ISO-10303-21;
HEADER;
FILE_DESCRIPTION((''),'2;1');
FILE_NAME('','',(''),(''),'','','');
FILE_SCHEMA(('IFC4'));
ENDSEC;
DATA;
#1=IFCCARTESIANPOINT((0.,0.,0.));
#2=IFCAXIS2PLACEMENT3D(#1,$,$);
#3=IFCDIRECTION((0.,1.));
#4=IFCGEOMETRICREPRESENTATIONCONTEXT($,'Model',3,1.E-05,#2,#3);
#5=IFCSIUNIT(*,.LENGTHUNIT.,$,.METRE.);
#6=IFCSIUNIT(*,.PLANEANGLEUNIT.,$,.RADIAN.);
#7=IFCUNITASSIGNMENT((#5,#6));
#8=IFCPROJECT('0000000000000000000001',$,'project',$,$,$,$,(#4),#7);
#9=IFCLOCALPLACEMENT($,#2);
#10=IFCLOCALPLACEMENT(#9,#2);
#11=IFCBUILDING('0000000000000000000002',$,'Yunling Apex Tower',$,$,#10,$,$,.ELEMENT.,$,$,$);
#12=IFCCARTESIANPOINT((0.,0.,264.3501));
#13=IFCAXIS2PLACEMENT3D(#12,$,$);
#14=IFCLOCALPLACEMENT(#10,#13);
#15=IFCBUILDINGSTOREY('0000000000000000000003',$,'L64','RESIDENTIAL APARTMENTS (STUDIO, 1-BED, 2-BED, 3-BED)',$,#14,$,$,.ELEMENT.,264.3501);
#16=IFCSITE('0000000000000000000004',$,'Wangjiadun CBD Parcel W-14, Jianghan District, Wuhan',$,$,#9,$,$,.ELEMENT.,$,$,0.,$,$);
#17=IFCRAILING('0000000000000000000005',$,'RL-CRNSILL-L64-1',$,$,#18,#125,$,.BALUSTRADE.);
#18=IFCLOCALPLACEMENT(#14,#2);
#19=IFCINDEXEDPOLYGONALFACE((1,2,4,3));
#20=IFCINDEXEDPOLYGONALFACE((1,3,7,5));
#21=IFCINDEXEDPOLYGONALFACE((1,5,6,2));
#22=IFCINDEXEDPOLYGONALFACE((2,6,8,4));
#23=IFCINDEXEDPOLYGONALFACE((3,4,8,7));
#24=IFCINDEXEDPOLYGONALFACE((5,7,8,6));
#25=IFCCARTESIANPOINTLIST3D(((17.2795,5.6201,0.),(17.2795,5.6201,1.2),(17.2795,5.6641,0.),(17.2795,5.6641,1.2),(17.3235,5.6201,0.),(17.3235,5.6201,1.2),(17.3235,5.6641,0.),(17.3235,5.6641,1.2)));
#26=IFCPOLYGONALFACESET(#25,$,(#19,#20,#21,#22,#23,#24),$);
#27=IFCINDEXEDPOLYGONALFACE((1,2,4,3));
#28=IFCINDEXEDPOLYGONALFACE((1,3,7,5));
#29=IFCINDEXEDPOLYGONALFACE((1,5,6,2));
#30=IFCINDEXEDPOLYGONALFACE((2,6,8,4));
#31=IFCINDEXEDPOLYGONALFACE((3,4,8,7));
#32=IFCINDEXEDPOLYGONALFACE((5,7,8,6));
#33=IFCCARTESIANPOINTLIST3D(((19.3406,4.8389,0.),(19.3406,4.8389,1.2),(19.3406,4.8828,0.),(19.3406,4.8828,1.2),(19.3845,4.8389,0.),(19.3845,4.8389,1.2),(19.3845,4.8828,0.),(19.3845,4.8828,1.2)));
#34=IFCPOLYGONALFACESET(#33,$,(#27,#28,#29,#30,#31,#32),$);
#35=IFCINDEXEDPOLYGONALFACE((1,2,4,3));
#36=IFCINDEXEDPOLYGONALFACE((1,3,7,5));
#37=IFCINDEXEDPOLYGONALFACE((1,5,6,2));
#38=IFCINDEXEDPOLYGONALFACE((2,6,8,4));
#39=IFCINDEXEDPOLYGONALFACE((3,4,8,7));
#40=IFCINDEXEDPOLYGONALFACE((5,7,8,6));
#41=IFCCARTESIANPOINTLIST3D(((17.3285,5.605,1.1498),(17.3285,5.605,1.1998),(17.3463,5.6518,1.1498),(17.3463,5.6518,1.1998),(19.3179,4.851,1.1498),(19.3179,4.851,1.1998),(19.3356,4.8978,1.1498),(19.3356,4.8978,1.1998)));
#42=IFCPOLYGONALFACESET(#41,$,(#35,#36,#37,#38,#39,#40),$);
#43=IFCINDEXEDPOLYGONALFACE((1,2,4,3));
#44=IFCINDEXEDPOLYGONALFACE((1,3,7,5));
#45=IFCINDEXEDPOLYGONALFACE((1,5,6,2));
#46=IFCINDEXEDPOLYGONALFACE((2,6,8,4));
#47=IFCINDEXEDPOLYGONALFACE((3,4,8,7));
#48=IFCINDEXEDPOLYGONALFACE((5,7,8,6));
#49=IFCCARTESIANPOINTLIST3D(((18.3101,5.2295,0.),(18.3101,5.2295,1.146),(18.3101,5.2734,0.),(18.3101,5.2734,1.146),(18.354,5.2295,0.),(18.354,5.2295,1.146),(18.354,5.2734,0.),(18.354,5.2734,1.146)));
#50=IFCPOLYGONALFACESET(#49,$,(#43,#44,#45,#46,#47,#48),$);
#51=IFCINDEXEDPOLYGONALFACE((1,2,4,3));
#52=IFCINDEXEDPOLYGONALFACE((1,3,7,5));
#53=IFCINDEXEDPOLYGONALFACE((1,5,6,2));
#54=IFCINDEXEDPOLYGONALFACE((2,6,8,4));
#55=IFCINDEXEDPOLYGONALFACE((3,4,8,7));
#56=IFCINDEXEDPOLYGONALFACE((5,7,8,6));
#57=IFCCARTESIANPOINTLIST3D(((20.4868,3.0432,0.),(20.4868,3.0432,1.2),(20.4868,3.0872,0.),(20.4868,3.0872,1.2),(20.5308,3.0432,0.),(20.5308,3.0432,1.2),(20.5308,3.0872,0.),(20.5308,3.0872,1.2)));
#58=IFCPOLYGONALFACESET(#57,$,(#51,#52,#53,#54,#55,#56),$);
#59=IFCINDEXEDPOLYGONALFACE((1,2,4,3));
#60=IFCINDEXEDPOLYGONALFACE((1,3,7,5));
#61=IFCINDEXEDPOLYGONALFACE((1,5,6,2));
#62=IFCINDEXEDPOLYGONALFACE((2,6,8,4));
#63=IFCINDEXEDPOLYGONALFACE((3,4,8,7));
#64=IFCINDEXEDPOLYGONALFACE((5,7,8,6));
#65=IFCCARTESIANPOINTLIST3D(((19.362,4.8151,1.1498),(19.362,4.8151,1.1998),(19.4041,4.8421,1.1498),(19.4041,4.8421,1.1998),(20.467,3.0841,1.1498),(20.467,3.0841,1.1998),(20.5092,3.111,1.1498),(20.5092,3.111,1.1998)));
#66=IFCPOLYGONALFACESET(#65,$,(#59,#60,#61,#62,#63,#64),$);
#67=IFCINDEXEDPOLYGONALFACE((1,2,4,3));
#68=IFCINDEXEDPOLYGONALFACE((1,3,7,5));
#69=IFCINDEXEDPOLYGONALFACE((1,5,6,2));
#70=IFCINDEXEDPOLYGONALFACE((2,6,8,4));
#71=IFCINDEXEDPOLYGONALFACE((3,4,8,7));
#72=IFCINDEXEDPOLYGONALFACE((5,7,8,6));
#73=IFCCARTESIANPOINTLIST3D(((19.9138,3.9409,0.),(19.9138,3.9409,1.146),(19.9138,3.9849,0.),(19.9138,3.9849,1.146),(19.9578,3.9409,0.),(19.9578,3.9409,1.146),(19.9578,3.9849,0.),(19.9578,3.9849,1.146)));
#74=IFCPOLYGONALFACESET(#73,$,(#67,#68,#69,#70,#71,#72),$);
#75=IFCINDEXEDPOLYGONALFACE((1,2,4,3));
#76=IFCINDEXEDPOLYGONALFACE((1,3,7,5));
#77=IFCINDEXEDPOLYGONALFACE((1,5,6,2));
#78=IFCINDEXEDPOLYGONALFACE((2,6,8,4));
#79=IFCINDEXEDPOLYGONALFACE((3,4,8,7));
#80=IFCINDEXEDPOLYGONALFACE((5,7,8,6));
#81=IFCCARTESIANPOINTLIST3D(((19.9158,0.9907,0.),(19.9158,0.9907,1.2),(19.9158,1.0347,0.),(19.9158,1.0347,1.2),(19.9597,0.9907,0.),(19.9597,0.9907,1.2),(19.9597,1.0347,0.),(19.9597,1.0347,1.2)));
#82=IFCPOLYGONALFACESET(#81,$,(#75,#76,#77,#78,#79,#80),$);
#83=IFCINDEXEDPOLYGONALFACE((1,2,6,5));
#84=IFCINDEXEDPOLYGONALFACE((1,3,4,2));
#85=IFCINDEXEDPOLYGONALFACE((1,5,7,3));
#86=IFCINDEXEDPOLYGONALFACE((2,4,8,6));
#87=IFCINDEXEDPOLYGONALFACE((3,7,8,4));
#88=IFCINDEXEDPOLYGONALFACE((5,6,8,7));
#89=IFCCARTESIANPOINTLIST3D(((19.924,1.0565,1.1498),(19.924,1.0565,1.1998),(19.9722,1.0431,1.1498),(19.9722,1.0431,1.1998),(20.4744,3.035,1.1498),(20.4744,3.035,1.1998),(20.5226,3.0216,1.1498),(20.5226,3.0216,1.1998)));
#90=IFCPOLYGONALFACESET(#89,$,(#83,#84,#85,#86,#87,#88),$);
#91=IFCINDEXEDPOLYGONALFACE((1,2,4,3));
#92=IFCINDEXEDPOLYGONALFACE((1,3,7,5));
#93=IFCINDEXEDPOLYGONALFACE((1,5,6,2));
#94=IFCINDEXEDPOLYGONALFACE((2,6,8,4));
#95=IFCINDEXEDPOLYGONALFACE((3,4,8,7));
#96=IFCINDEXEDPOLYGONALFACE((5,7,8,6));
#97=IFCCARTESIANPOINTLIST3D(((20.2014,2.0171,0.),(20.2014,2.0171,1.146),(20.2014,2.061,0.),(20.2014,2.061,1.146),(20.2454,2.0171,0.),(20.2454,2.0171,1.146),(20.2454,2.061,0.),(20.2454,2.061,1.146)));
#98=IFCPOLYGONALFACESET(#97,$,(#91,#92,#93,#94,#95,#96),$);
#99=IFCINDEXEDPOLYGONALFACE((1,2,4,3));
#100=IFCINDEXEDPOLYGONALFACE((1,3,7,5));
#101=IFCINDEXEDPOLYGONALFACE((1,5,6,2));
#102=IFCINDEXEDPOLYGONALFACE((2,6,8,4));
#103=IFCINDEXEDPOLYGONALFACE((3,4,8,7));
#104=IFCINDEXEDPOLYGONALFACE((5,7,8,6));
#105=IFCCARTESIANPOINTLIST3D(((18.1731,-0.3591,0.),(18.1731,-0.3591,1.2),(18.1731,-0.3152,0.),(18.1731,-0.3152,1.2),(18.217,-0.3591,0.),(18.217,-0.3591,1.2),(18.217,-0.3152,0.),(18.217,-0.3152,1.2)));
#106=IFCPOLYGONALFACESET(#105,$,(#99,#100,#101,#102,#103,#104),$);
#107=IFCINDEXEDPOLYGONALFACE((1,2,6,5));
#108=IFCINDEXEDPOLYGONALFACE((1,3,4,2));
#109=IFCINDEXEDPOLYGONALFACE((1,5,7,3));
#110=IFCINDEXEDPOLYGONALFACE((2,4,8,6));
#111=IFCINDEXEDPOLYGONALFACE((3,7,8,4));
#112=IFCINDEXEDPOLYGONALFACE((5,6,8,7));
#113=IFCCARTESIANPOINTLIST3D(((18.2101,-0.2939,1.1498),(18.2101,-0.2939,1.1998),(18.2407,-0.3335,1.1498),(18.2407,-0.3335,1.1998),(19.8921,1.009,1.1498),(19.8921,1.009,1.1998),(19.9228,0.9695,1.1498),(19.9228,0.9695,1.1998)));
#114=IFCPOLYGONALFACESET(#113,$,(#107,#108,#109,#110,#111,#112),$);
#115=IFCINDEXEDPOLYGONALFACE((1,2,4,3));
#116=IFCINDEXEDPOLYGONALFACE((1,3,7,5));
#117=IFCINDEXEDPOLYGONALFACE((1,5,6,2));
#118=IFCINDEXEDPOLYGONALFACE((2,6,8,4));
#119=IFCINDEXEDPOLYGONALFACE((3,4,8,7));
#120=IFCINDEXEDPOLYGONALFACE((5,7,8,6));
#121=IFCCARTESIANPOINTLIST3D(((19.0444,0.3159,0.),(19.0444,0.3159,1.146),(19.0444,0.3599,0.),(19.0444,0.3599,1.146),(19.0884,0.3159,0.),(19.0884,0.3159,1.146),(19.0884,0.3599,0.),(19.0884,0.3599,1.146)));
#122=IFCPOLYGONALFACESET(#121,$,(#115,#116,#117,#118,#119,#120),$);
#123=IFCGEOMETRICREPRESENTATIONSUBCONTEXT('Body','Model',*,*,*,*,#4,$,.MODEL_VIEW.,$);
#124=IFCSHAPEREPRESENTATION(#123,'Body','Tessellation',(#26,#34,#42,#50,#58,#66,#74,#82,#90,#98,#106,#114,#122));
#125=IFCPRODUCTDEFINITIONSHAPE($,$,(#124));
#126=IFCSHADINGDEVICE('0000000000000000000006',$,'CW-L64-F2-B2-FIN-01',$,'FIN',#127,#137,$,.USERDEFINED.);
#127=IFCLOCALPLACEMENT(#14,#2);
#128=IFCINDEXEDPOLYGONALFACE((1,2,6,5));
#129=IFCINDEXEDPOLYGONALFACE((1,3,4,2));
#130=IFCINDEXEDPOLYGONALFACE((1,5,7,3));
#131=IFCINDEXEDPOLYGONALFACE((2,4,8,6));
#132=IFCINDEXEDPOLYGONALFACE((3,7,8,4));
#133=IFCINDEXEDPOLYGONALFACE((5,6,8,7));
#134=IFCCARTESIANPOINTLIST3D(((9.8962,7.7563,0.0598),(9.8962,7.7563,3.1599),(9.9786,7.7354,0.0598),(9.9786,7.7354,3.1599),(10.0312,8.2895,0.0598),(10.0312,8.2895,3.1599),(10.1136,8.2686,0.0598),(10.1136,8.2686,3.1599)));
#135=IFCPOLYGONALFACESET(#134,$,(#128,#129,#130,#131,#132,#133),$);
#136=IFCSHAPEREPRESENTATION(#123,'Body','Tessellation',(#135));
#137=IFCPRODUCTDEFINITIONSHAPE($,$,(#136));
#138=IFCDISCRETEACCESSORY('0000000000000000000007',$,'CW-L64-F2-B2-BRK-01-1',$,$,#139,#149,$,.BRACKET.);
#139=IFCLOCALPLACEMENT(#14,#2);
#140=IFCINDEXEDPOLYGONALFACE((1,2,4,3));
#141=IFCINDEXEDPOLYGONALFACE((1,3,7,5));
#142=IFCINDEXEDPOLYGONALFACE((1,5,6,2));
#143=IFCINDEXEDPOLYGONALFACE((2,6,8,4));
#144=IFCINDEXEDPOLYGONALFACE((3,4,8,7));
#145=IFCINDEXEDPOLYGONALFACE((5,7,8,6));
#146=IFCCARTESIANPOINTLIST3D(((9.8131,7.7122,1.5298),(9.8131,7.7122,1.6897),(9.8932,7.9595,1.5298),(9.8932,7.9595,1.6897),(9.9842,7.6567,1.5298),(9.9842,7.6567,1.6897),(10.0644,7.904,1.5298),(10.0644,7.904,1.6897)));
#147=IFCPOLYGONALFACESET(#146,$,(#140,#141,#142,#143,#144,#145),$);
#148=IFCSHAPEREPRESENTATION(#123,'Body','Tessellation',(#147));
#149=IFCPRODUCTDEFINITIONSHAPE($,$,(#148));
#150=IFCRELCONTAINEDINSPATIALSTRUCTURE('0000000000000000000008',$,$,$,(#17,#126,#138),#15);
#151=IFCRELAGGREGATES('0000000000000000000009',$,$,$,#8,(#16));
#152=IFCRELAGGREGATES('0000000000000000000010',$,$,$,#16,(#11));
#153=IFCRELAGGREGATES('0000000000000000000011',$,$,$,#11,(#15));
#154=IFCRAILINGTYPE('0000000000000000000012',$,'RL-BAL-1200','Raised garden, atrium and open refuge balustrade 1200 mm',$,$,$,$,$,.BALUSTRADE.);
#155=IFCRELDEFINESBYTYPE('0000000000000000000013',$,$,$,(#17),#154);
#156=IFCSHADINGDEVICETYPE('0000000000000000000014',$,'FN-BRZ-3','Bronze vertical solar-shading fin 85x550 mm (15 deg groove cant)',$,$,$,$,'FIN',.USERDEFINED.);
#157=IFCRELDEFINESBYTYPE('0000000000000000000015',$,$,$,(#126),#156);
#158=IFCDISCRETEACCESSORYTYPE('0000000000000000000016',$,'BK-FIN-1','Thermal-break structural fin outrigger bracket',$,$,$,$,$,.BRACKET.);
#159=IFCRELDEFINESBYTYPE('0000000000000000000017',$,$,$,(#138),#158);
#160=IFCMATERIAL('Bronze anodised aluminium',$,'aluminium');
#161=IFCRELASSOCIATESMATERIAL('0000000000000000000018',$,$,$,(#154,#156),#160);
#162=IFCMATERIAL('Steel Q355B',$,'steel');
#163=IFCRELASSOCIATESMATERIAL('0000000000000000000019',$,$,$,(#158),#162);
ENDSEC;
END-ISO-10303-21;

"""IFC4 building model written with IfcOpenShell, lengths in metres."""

from ifc_helpers import new_model, si_unit, direction, frame, origin, origin_2d, place, context, subcontext, project, spatial, rectangle, extrude, source, transform, mapped, material, material_profile, profile_set, type_object, element, save


model = new_model("IFC4")

# Units and contexts
model_context = context("Model", 3, precision=1e-05, world=origin(), true_north=direction((0.0, 1.0)))
body_context = subcontext(model_context, "Body", "Model", "MODEL_VIEW")
ifc_project = project(units=[si_unit("LENGTHUNIT", "METRE"), si_unit("PLANEANGLEUNIT", "RADIAN")], contexts=[model_context])

# Site, building, storey
site_placement = place(None, origin())
site = spatial("IfcSite", under=ifc_project, at=site_placement, Name="Wangjiadun CBD Parcel W-14, Jianghan District, Wuhan", CompositionType="ELEMENT", RefElevation=0.0)
building_placement = place(site_placement, origin())
building = spatial("IfcBuilding", under=site, at=building_placement, Name="Yunling Apex Tower", CompositionType="ELEMENT")
storey_placement = place(building_placement, frame((0.0, 0.0, 264.3501)))
storey = spatial("IfcBuildingStorey", under=building, at=storey_placement, Name="L64", Description="RESIDENTIAL APARTMENTS (STUDIO, 1-BED, 2-BED, 3-BED)", CompositionType="ELEMENT", Elevation=264.3501)

# Shared definitions
ifc_material_1 = material(Name="Steel Q355B", Category="steel")

# Shared definitions
ifc_material_2 = material(Name="Bronze anodised aluminium", Category="aluminium")

# Railing
railing_type = type_object("IfcRailingType", Name="RL-BAL-1200", Description="Raised garden, atrium and open refuge balustrade 1200 mm", PredefinedType="BALUSTRADE", material=ifc_material_2)
railing_placement = place(storey_placement, frame((17.3015, 5.6421, 0.0)))
element("IfcRailing", 1, at=railing_placement, inside=storey, type_object=railing_type, Name="RL-CRNSILL-L64-1", PredefinedType="BALUSTRADE", context=body_context, shape_type="SweptSolid", body=[
    extrude(rectangle(XDim=0.0439, YDim=0.0439, at=origin_2d()), origin(), (0.0, 0.0, 1.0), 1.2),
    extrude(rectangle(XDim=0.0439, YDim=0.0439, at=origin_2d()), frame((2.061, -0.7812, 0.0)), (0.0, 0.0, 1.0), 1.2),
    extrude(rectangle(XDim=0.05, YDim=0.05, at=origin_2d()), frame((0.0359, -0.0137, 1.1748), z_axis=(0.935076, -0.354447, 0.0), x_axis=(0.354447, 0.935076, 0.0)), (0.0, 0.0, 1.0), 2.1274),
    extrude(rectangle(XDim=0.0439, YDim=0.0439, at=origin_2d()), frame((1.0305, -0.3906, 0.0)), (0.0, 0.0, 1.0), 1.146),
    extrude(rectangle(XDim=0.0439, YDim=0.0439, at=origin_2d()), frame((3.2073, -2.5769, 0.0)), (0.0, 0.0, 1.0), 1.2),
    extrude(rectangle(XDim=0.05, YDim=0.05, at=origin_2d()), frame((2.0815, -0.8135, 1.1748), z_axis=(0.538061, -0.842906, 0.0), x_axis=(0.842906, 0.538061, 0.0)), (0.0, 0.0, 1.0), 2.0537),
    extrude(rectangle(XDim=0.0439, YDim=0.0439, at=origin_2d()), frame((2.6343, -1.6792, 0.0)), (0.0, 0.0, 1.0), 1.146),
    extrude(rectangle(XDim=0.0439, YDim=0.0439, at=origin_2d()), frame((2.6362, -4.6294, 0.0)), (0.0, 0.0, 1.0), 1.2),
    extrude(rectangle(XDim=0.05, YDim=0.05, at=origin_2d()), frame((3.197, -2.6138, 1.1748), z_axis=(-0.26804, -0.963408, 0.0), x_axis=(0.963408, -0.26804, 0.0)), (0.0, 0.0, 1.0), 2.0537),
    extrude(rectangle(XDim=0.0439, YDim=0.0439, at=origin_2d()), frame((2.9219, -3.603, 0.0)), (0.0, 0.0, 1.0), 1.146),
    extrude(rectangle(XDim=0.0439, YDim=0.0439, at=origin_2d()), frame((0.8936, -5.9792, 0.0)), (0.0, 0.0, 1.0), 1.2),
    extrude(rectangle(XDim=0.05, YDim=0.05, at=origin_2d()), frame((2.606, -4.6528, 1.1748), z_axis=(-0.790573, -0.612368, 0.0), x_axis=(0.612368, -0.790573, 0.0)), (0.0, 0.0, 1.0), 2.1277),
    extrude(rectangle(XDim=0.0439, YDim=0.0439, at=origin_2d()), frame((1.7649, -5.3042, 0.0)), (0.0, 0.0, 1.0), 1.146),
])

# Shading device
ifc_material_profile_1 = material_profile(ifc_material_2, rectangle(XDim=0.085, YDim=0.55, at=origin_2d()))
ifc_profile_set_1 = profile_set([ifc_material_profile_1], Name="Bronze anodised aluminium")
shading_device_type = type_object("IfcShadingDeviceType", Name="FN-BRZ-3", Description="Bronze vertical solar-shading fin 85x550 mm (15 deg groove cant)", ElementType="FIN", PredefinedType="USERDEFINED", material=ifc_profile_set_1)
shared_shape_1 = source(origin(), body_context, "Body", "SweptSolid", [
    extrude(rectangle(XDim=0.085, YDim=0.55, at=origin_2d()), origin(), (0.0, 0.0, 1.0), 3.1001),
])
shading_device_placement = place(storey_placement, frame((10.0049, 8.0125, 0.0598), z_axis=(0.0, 0.0, 1.0), x_axis=(-0.969403, 0.245477, 0.0)))
element("IfcShadingDevice", 2, at=shading_device_placement, inside=storey, type_object=shading_device_type, Name="CW-L64-F2-B2-FIN-01", ObjectType="FIN", PredefinedType="USERDEFINED", context=body_context, shape_type="MappedRepresentation", body=[
    mapped(shared_shape_1, transform((0.0, 0.0, 0.0), scale=1.0)),
])

# Discrete accessory
discrete_accessory_type = type_object("IfcDiscreteAccessoryType", Name="BK-FIN-1", Description="Thermal-break structural fin outrigger bracket", PredefinedType="BRACKET", material=ifc_material_1)
shared_shape_2 = source(origin(), body_context, "Body", "SweptSolid", [
    extrude(rectangle(XDim=0.1799, YDim=0.26, at=origin_2d()), origin(), (0.0, 0.0, 1.0), 0.1599),
])
discrete_accessory_placement = place(storey_placement, frame((9.9387, 7.8081, 1.5298), z_axis=(0.0, 0.0, 1.0), x_axis=(-0.951272, 0.308353, 0.0)))
element("IfcDiscreteAccessory", 3, at=discrete_accessory_placement, inside=storey, type_object=discrete_accessory_type, Name="CW-L64-F2-B2-BRK-01-1", PredefinedType="BRACKET", context=body_context, shape_type="MappedRepresentation", body=[
    mapped(shared_shape_2, transform((0.0, 0.0, 0.0), scale=1.0)),
])

save(model, "model.ifc")
